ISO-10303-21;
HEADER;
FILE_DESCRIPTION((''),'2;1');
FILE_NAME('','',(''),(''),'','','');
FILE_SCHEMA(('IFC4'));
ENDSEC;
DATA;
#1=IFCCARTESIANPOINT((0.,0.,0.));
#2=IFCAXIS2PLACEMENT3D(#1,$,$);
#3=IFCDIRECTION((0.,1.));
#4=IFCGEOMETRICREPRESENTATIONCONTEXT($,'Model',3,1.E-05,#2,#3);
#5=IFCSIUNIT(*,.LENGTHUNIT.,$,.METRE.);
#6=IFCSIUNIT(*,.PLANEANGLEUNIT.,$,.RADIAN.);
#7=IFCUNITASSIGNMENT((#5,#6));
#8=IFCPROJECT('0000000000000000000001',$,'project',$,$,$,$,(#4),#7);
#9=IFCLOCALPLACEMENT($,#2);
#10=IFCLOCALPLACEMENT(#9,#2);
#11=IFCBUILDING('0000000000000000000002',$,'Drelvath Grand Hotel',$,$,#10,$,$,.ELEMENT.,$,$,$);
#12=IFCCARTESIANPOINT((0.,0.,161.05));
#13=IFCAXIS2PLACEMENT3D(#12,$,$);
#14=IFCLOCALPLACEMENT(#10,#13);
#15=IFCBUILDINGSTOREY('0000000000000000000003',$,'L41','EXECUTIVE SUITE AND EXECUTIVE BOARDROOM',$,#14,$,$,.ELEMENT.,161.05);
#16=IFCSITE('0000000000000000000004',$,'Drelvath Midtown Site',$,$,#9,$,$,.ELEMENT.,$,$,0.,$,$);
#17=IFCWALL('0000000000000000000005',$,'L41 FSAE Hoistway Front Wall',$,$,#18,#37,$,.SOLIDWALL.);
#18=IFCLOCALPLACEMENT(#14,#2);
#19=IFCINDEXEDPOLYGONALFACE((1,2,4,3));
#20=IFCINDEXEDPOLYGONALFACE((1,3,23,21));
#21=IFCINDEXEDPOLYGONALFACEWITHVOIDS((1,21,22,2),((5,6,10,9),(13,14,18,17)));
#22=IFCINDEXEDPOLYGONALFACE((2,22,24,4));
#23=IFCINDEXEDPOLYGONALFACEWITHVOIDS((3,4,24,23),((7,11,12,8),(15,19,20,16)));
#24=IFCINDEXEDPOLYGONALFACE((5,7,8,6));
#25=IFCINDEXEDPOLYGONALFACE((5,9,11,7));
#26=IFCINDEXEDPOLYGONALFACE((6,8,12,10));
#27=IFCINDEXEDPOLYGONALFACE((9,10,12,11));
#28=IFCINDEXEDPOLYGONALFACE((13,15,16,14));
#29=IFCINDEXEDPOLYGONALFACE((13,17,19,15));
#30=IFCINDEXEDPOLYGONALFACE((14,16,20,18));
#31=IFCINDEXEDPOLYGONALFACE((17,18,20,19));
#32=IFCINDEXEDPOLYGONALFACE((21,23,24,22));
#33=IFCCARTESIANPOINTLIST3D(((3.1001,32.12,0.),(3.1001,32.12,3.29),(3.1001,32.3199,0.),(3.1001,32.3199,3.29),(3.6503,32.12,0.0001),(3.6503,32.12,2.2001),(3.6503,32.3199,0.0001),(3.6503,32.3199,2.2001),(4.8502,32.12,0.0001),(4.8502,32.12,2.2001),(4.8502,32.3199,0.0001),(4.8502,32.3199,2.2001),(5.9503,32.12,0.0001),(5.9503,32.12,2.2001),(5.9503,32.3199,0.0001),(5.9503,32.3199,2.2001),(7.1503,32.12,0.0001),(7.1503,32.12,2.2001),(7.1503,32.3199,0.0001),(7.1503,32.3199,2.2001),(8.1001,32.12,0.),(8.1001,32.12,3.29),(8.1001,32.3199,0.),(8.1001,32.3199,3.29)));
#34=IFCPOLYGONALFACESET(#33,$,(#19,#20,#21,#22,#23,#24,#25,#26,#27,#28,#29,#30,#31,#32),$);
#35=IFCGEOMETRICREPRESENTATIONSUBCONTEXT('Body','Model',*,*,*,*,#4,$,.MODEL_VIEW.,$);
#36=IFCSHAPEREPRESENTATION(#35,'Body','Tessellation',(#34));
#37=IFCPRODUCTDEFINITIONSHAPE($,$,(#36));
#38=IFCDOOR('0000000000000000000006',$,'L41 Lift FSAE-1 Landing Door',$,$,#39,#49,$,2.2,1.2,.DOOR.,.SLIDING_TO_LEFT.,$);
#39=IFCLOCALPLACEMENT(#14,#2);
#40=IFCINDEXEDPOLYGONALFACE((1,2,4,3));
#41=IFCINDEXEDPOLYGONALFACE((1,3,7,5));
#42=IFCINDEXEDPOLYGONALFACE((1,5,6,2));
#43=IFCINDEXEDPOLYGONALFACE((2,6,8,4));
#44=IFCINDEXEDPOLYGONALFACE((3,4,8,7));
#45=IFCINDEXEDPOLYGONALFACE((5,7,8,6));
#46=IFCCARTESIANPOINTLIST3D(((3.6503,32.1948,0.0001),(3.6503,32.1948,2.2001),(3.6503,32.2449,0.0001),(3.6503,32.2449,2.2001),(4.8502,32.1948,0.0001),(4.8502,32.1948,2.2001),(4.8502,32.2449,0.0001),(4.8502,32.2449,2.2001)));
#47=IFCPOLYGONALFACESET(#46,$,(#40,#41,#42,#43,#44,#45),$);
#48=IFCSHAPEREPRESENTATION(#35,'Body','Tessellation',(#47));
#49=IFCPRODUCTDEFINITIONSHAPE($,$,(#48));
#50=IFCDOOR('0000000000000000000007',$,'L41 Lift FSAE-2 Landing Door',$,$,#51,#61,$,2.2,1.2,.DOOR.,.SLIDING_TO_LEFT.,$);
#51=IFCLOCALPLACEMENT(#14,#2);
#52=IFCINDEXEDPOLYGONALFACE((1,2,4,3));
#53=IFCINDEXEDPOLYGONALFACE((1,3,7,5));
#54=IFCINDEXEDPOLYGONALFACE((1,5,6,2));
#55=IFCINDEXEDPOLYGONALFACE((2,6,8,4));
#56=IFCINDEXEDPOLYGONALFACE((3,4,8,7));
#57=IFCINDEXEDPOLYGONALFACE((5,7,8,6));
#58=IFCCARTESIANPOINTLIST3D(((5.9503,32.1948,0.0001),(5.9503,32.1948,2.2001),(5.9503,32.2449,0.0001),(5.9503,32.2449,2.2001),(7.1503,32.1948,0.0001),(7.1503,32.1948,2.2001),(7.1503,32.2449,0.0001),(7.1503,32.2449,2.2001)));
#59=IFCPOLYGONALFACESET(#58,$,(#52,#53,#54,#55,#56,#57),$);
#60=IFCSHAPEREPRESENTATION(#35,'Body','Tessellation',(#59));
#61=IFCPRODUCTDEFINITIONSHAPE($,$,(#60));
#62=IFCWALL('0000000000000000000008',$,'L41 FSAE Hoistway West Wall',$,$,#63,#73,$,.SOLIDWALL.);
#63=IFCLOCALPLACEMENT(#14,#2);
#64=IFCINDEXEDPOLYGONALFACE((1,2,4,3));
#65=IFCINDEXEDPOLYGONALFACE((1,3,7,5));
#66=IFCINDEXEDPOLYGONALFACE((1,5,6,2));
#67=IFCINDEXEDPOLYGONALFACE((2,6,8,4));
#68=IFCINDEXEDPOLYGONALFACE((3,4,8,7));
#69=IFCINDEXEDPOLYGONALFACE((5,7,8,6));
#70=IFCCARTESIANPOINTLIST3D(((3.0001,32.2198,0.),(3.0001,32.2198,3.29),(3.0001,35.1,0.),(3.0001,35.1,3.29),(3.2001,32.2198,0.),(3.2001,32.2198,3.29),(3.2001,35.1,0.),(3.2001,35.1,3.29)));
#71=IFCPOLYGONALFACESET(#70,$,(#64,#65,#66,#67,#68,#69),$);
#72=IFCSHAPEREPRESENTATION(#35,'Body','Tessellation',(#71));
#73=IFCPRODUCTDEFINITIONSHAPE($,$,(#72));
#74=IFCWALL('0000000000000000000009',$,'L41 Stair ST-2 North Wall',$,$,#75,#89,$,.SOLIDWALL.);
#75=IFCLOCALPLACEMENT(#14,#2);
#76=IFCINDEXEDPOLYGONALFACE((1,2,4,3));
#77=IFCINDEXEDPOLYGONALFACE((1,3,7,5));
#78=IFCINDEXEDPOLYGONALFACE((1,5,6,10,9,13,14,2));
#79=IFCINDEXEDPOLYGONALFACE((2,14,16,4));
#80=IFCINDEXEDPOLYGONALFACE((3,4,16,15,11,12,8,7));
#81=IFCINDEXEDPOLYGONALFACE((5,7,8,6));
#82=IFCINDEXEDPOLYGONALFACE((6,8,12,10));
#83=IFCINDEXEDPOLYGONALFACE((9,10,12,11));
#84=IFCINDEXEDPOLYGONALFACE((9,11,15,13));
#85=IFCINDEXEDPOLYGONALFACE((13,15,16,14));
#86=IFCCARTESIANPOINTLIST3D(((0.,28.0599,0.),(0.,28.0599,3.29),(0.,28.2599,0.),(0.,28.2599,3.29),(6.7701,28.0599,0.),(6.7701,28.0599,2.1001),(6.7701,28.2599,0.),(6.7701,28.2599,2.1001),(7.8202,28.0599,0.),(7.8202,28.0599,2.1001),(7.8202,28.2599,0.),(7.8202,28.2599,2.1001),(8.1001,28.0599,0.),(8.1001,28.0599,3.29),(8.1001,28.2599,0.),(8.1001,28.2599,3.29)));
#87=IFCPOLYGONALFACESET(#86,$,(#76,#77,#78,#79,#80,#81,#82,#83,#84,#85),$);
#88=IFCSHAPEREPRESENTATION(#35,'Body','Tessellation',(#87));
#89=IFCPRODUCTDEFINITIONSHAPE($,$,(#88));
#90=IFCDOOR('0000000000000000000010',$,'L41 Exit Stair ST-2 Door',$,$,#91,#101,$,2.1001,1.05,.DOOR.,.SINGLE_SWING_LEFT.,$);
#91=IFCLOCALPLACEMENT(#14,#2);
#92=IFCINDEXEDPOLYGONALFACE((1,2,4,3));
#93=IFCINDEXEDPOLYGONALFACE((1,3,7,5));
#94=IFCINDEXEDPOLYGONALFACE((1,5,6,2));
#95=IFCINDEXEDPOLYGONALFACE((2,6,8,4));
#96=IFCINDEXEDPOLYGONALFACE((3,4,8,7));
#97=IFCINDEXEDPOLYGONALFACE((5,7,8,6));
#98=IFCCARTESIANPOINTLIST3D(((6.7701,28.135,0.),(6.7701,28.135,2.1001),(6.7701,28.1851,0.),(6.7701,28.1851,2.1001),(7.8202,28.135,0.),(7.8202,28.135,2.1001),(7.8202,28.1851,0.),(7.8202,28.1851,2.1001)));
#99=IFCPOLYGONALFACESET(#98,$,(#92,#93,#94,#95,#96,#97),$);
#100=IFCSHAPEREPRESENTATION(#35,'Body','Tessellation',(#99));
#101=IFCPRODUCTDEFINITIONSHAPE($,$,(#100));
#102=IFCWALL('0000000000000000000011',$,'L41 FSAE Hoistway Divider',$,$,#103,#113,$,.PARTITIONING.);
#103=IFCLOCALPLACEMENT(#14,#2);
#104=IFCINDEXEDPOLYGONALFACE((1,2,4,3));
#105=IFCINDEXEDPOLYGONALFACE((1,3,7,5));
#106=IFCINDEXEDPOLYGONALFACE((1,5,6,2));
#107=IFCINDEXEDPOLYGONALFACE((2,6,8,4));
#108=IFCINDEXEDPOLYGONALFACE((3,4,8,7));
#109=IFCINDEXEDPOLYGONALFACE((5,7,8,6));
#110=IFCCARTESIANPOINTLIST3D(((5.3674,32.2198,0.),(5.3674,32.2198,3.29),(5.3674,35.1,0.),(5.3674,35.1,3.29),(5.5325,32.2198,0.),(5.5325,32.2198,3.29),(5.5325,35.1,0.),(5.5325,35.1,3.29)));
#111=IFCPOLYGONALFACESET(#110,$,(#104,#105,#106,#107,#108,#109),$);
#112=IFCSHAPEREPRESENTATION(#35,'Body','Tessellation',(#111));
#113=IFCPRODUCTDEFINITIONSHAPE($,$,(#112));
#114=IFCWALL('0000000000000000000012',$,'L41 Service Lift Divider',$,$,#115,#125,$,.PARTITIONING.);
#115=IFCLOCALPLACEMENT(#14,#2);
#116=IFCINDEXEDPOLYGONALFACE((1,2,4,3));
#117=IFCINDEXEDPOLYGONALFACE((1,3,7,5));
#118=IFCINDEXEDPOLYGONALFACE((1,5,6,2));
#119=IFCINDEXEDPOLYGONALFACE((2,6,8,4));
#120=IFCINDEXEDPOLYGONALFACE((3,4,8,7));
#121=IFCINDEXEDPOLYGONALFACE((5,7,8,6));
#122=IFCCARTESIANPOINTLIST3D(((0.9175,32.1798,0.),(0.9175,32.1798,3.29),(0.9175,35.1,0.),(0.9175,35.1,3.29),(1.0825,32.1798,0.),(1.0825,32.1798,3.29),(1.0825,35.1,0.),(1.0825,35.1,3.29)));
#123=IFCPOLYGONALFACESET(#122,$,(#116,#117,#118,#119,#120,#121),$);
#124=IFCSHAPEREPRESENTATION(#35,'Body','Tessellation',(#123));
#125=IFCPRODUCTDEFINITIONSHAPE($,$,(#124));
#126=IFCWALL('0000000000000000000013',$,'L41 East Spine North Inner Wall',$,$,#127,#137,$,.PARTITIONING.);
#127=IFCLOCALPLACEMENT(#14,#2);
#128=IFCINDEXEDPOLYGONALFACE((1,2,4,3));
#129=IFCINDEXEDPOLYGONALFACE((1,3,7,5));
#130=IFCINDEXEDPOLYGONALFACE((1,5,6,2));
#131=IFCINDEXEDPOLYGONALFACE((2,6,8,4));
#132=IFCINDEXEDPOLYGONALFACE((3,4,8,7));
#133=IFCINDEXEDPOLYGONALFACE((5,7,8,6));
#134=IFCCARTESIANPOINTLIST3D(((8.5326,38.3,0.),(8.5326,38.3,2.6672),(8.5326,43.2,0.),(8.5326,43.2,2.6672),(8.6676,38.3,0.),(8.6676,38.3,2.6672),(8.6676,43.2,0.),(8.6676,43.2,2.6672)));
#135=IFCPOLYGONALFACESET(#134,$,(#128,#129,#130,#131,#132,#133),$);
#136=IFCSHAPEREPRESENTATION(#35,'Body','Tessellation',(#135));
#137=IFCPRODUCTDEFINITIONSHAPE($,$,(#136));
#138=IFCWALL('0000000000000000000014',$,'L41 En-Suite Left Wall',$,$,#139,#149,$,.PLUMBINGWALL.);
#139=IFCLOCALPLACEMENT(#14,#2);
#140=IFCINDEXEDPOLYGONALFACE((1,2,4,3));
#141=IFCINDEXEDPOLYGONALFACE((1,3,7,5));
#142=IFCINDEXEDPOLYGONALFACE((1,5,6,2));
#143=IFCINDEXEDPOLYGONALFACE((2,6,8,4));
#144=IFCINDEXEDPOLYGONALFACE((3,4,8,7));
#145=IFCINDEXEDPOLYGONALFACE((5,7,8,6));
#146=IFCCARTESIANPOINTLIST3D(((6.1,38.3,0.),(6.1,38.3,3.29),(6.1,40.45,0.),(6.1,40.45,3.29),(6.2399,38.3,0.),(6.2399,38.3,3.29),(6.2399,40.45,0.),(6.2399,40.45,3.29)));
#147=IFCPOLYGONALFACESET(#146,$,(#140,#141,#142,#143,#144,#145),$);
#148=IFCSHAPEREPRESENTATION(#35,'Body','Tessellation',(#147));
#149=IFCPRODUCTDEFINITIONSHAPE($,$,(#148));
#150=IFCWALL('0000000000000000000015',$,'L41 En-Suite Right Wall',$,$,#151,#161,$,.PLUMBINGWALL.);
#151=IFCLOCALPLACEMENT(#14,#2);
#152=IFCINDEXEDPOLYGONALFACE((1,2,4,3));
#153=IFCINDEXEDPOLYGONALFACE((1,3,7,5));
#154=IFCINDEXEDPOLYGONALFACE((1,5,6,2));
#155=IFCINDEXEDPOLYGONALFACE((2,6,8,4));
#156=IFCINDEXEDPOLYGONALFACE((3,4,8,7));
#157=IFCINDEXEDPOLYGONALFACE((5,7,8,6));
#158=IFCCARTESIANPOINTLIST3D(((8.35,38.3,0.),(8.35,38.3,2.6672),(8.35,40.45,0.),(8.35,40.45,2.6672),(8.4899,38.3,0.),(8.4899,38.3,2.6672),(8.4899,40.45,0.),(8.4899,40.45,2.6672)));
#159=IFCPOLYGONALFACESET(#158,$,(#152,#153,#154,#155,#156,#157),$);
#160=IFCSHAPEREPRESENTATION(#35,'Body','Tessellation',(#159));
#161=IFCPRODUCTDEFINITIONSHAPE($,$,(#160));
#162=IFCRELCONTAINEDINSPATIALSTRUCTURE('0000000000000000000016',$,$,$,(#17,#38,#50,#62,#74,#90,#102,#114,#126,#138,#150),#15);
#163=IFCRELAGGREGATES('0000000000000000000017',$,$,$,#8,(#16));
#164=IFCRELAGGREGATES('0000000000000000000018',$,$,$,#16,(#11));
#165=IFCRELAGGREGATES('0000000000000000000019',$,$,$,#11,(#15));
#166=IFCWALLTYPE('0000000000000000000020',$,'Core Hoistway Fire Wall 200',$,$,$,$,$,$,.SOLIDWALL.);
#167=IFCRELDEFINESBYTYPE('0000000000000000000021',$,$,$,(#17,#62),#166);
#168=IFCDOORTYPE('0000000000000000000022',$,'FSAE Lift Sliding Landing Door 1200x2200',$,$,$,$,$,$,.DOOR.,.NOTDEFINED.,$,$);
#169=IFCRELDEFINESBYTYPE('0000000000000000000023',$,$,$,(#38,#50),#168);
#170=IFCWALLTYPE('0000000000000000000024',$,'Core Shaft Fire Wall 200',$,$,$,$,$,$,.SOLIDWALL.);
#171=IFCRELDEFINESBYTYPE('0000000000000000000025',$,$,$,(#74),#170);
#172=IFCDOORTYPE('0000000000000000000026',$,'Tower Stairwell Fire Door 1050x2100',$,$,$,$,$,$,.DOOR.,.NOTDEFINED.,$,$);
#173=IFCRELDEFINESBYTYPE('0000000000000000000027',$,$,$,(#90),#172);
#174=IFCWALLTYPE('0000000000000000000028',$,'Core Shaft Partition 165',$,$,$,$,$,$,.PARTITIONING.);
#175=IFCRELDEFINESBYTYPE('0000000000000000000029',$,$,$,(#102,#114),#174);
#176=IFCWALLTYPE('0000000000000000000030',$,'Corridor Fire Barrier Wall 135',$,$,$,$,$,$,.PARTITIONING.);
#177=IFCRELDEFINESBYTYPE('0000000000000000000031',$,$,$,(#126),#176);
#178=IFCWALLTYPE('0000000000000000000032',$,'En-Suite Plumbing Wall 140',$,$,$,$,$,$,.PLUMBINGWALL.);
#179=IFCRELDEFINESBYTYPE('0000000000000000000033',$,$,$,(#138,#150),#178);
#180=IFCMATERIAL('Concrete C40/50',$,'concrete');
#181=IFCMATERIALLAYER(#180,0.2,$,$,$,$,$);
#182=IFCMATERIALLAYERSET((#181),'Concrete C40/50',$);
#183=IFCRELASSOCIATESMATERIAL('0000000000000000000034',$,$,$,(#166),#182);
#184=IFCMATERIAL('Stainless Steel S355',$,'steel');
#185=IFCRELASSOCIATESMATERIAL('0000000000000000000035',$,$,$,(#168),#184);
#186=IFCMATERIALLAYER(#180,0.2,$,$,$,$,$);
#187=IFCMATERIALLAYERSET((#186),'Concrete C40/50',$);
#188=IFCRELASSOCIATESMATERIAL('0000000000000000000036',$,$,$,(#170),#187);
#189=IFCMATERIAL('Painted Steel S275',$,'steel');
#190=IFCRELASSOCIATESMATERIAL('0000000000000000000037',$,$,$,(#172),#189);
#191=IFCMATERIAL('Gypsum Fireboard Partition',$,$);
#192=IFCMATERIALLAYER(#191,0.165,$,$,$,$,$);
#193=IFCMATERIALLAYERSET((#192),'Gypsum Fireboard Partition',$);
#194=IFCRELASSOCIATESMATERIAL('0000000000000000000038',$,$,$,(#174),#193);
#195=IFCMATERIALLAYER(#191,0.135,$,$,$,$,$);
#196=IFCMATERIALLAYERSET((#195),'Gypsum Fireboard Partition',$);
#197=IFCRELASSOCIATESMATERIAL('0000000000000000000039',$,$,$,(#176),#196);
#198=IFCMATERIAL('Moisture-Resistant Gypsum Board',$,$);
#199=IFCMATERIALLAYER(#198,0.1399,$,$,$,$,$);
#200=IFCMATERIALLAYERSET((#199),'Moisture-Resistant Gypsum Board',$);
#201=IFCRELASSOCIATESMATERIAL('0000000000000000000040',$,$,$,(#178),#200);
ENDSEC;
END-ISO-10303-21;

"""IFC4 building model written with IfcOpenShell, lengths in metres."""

from ifc_helpers import new_model, si_unit, direction, frame, frame_2d, origin, place, context, subcontext, project, spatial, rectangle, extrude, material, layer, layer_set, type_object, element, fill, save


model = new_model("IFC4")

# Units and contexts
model_context = context("Model", 3, precision=1e-05, world=origin(), true_north=direction((0.0, 1.0)))
body_context = subcontext(model_context, "Body", "Model", "MODEL_VIEW")
ifc_project = project(units=[si_unit("LENGTHUNIT", "METRE"), si_unit("PLANEANGLEUNIT", "RADIAN")], contexts=[model_context])

# Site, building, storey
site_placement = place(None, origin())
site = spatial("IfcSite", under=ifc_project, at=site_placement, Name="Drelvath Midtown Site", CompositionType="ELEMENT", RefElevation=0.0)
building_placement = place(site_placement, origin())
building = spatial("IfcBuilding", under=site, at=building_placement, Name="Drelvath Grand Hotel", CompositionType="ELEMENT")
storey_placement = place(building_placement, frame((0.0, 0.0, 161.05)))
storey = spatial("IfcBuildingStorey", under=building, at=storey_placement, Name="L41", Description="EXECUTIVE SUITE AND EXECUTIVE BOARDROOM", CompositionType="ELEMENT", Elevation=161.05)

# Wall, openings, doors
ifc_material_1 = material(Name="Concrete C40/50", Category="concrete")
ifc_layer_1 = layer(ifc_material_1, 0.2)
ifc_layer_set_1 = layer_set([ifc_layer_1], Name="Concrete C40/50")
wall_type_1 = type_object("IfcWallType", Name="Core Hoistway Fire Wall 200", PredefinedType="SOLIDWALL", material=ifc_layer_set_1)
wall_1_placement = place(storey_placement, frame((3.1001, 32.22, 0.0), z_axis=(0.0, 0.0, 1.0), x_axis=(1.0, 0.0, 0.0)))
wall_1 = element("IfcWall", 1, at=wall_1_placement, inside=storey, type_object=wall_type_1, Name="L41 FSAE Hoistway Front Wall", PredefinedType="SOLIDWALL", context=body_context, shape_type="SweptSolid", body=[
    extrude(rectangle(XDim=5.0, YDim=0.2, at=frame_2d((2.5, 0.0))), origin(), (0.0, 0.0, 1.0), 3.29),
])
opening_1_placement = place(wall_1_placement, frame((0.55, 0.0, 0.0)))
opening_1 = element("IfcOpeningElement", 2, at=opening_1_placement, cuts=wall_1, PredefinedType="OPENING", context=body_context, shape_type="SweptSolid", body=[
    extrude(rectangle(XDim=1.2, YDim=2.2, at=frame_2d((0.6001, 1.1001))), frame((0.0, 0.1099, 0.0), z_axis=(0.0, -1.0, 0.0), x_axis=(1.0, 0.0, 0.0)), (0.0, 0.0, 1.0), 0.22),
])
opening_2_placement = place(wall_1_placement, frame((2.8501, 0.0, 0.0)))
opening_2 = element("IfcOpeningElement", 3, at=opening_2_placement, cuts=wall_1, PredefinedType="OPENING", context=body_context, shape_type="SweptSolid", body=[
    extrude(rectangle(XDim=1.2, YDim=2.2, at=frame_2d((0.6001, 1.1001))), frame((0.0, 0.1099, 0.0), z_axis=(0.0, -1.0, 0.0), x_axis=(1.0, 0.0, 0.0)), (0.0, 0.0, 1.0), 0.22),
])
ifc_material_2 = material(Name="Stainless Steel S355", Category="steel")
door_type_1 = type_object("IfcDoorType", Name="FSAE Lift Sliding Landing Door 1200x2200", OperationType="NOTDEFINED", PredefinedType="DOOR", material=ifc_material_2)
door_1_placement = place(opening_1_placement, origin())
door_1 = element("IfcDoor", 4, at=door_1_placement, inside=storey, type_object=door_type_1, Name="L41 Lift FSAE-1 Landing Door", OperationType="SLIDING_TO_LEFT", OverallHeight=2.2, OverallWidth=1.2, PredefinedType="DOOR", context=body_context, shape_type="SweptSolid", body=[
    extrude(rectangle(XDim=1.2, YDim=2.2, at=frame_2d((0.6001, 1.1001))), frame((0.0, 0.0249, 0.0), z_axis=(0.0, -1.0, 0.0), x_axis=(1.0, 0.0, 0.0)), (0.0, 0.0, 1.0), 0.05),
])
fill(opening_1, door_1)
door_2_placement = place(opening_2_placement, origin())
door_2 = element("IfcDoor", 5, at=door_2_placement, inside=storey, type_object=door_type_1, Name="L41 Lift FSAE-2 Landing Door", OperationType="SLIDING_TO_LEFT", OverallHeight=2.2, OverallWidth=1.2, PredefinedType="DOOR", context=body_context, shape_type="SweptSolid", body=[
    extrude(rectangle(XDim=1.2, YDim=2.2, at=frame_2d((0.6001, 1.1001))), frame((0.0, 0.0249, 0.0), z_axis=(0.0, -1.0, 0.0), x_axis=(1.0, 0.0, 0.0)), (0.0, 0.0, 1.0), 0.05),
])
fill(opening_2, door_2)

# Wall
wall_2_placement = place(storey_placement, frame((3.1001, 32.22, 0.0), z_axis=(0.0, 0.0, 1.0), x_axis=(0.0, 1.0, 0.0)))
element("IfcWall", 6, at=wall_2_placement, inside=storey, type_object=wall_type_1, Name="L41 FSAE Hoistway West Wall", PredefinedType="SOLIDWALL", context=body_context, shape_type="SweptSolid", body=[
    extrude(rectangle(XDim=2.8801, YDim=0.2, at=frame_2d((1.4399, 0.0))), origin(), (0.0, 0.0, 1.0), 3.29),
])

# Wall, opening, door
ifc_layer_2 = layer(ifc_material_1, 0.2)
ifc_layer_set_2 = layer_set([ifc_layer_2], Name="Concrete C40/50")
wall_type_2 = type_object("IfcWallType", Name="Core Shaft Fire Wall 200", PredefinedType="SOLIDWALL", material=ifc_layer_set_2)
wall_3_placement = place(storey_placement, frame((8.1001, 28.1599, 0.0), z_axis=(0.0, 0.0, 1.0), x_axis=(-1.0, 0.0, 0.0)))
wall_3 = element("IfcWall", 7, at=wall_3_placement, inside=storey, type_object=wall_type_2, Name="L41 Stair ST-2 North Wall", PredefinedType="SOLIDWALL", context=body_context, shape_type="SweptSolid", body=[
    extrude(rectangle(XDim=8.1001, YDim=0.2, at=frame_2d((4.05, 0.0))), origin(), (0.0, 0.0, 1.0), 3.29),
])
opening_3_placement = place(wall_3_placement, frame((0.28, 0.0, 0.0)))
opening_3 = element("IfcOpeningElement", 8, at=opening_3_placement, cuts=wall_3, PredefinedType="OPENING", context=body_context, shape_type="SweptSolid", body=[
    extrude(rectangle(XDim=1.05, YDim=2.1001, at=frame_2d((0.5249, 1.05))), frame((0.0, 0.1099, 0.0), z_axis=(0.0, -1.0, 0.0), x_axis=(1.0, 0.0, 0.0)), (0.0, 0.0, 1.0), 0.22),
])
ifc_material_3 = material(Name="Painted Steel S275", Category="steel")
door_type_2 = type_object("IfcDoorType", Name="Tower Stairwell Fire Door 1050x2100", OperationType="NOTDEFINED", PredefinedType="DOOR", material=ifc_material_3)
door_3_placement = place(opening_3_placement, origin())
door_3 = element("IfcDoor", 9, at=door_3_placement, inside=storey, type_object=door_type_2, Name="L41 Exit Stair ST-2 Door", OperationType="SINGLE_SWING_LEFT", OverallHeight=2.1001, OverallWidth=1.05, PredefinedType="DOOR", context=body_context, shape_type="SweptSolid", body=[
    extrude(rectangle(XDim=1.05, YDim=2.1001, at=frame_2d((0.5249, 1.05))), frame((0.0, 0.0249, 0.0), z_axis=(0.0, -1.0, 0.0), x_axis=(1.0, 0.0, 0.0)), (0.0, 0.0, 1.0), 0.05),
])
fill(opening_3, door_3)

# Walls
ifc_material_4 = material(Name="Gypsum Fireboard Partition")
ifc_layer_3 = layer(ifc_material_4, 0.165)
ifc_layer_set_3 = layer_set([ifc_layer_3], Name="Gypsum Fireboard Partition")
wall_type_3 = type_object("IfcWallType", Name="Core Shaft Partition 165", PredefinedType="PARTITIONING", material=ifc_layer_set_3)
wall_4_placement = place(storey_placement, frame((5.45, 32.22, 0.0), z_axis=(0.0, 0.0, 1.0), x_axis=(0.0, 1.0, 0.0)))
element("IfcWall", 10, at=wall_4_placement, inside=storey, type_object=wall_type_3, Name="L41 FSAE Hoistway Divider", PredefinedType="PARTITIONING", context=body_context, shape_type="SweptSolid", body=[
    extrude(rectangle(XDim=2.8801, YDim=0.165, at=frame_2d((1.4399, 0.0))), origin(), (0.0, 0.0, 1.0), 3.29),
])
wall_5_placement = place(storey_placement, frame((1.0, 32.1799, 0.0), z_axis=(0.0, 0.0, 1.0), x_axis=(0.0, 1.0, 0.0)))
element("IfcWall", 11, at=wall_5_placement, inside=storey, type_object=wall_type_3, Name="L41 Service Lift Divider", PredefinedType="PARTITIONING", context=body_context, shape_type="SweptSolid", body=[
    extrude(rectangle(XDim=2.9202, YDim=0.165, at=frame_2d((1.46, 0.0))), origin(), (0.0, 0.0, 1.0), 3.29),
])
ifc_layer_4 = layer(ifc_material_4, 0.135)
ifc_layer_set_4 = layer_set([ifc_layer_4], Name="Gypsum Fireboard Partition")
wall_type_4 = type_object("IfcWallType", Name="Corridor Fire Barrier Wall 135", PredefinedType="PARTITIONING", material=ifc_layer_set_4)
wall_6_placement = place(storey_placement, frame((8.6001, 38.3, 0.0), z_axis=(0.0, 0.0, 1.0), x_axis=(0.0, 1.0, 0.0)))
element("IfcWall", 12, at=wall_6_placement, inside=storey, type_object=wall_type_4, Name="L41 East Spine North Inner Wall", PredefinedType="PARTITIONING", context=body_context, shape_type="SweptSolid", body=[
    extrude(rectangle(XDim=4.8999, YDim=0.135, at=frame_2d((2.45, 0.0))), origin(), (0.0, 0.0, 1.0), 2.6672),
])
ifc_material_5 = material(Name="Moisture-Resistant Gypsum Board")
ifc_layer_5 = layer(ifc_material_5, 0.1399)
ifc_layer_set_5 = layer_set([ifc_layer_5], Name="Moisture-Resistant Gypsum Board")
wall_type_5 = type_object("IfcWallType", Name="En-Suite Plumbing Wall 140", PredefinedType="PLUMBINGWALL", material=ifc_layer_set_5)
wall_7_placement = place(storey_placement, frame((6.1699, 38.3, 0.0), z_axis=(0.0, 0.0, 1.0), x_axis=(0.0, 1.0, 0.0)))
element("IfcWall", 13, at=wall_7_placement, inside=storey, type_object=wall_type_5, Name="L41 En-Suite Left Wall", PredefinedType="PLUMBINGWALL", context=body_context, shape_type="SweptSolid", body=[
    extrude(rectangle(XDim=2.1499, YDim=0.1399, at=frame_2d((1.075, 0.0))), origin(), (0.0, 0.0, 1.0), 3.29),
])
wall_8_placement = place(storey_placement, frame((8.4199, 38.3, 0.0), z_axis=(0.0, 0.0, 1.0), x_axis=(0.0, 1.0, 0.0)))
element("IfcWall", 14, at=wall_8_placement, inside=storey, type_object=wall_type_5, Name="L41 En-Suite Right Wall", PredefinedType="PLUMBINGWALL", context=body_context, shape_type="SweptSolid", body=[
    extrude(rectangle(XDim=2.1499, YDim=0.1399, at=frame_2d((1.075, 0.0))), origin(), (0.0, 0.0, 1.0), 2.6672),
])

save(model, "model.ifc")
